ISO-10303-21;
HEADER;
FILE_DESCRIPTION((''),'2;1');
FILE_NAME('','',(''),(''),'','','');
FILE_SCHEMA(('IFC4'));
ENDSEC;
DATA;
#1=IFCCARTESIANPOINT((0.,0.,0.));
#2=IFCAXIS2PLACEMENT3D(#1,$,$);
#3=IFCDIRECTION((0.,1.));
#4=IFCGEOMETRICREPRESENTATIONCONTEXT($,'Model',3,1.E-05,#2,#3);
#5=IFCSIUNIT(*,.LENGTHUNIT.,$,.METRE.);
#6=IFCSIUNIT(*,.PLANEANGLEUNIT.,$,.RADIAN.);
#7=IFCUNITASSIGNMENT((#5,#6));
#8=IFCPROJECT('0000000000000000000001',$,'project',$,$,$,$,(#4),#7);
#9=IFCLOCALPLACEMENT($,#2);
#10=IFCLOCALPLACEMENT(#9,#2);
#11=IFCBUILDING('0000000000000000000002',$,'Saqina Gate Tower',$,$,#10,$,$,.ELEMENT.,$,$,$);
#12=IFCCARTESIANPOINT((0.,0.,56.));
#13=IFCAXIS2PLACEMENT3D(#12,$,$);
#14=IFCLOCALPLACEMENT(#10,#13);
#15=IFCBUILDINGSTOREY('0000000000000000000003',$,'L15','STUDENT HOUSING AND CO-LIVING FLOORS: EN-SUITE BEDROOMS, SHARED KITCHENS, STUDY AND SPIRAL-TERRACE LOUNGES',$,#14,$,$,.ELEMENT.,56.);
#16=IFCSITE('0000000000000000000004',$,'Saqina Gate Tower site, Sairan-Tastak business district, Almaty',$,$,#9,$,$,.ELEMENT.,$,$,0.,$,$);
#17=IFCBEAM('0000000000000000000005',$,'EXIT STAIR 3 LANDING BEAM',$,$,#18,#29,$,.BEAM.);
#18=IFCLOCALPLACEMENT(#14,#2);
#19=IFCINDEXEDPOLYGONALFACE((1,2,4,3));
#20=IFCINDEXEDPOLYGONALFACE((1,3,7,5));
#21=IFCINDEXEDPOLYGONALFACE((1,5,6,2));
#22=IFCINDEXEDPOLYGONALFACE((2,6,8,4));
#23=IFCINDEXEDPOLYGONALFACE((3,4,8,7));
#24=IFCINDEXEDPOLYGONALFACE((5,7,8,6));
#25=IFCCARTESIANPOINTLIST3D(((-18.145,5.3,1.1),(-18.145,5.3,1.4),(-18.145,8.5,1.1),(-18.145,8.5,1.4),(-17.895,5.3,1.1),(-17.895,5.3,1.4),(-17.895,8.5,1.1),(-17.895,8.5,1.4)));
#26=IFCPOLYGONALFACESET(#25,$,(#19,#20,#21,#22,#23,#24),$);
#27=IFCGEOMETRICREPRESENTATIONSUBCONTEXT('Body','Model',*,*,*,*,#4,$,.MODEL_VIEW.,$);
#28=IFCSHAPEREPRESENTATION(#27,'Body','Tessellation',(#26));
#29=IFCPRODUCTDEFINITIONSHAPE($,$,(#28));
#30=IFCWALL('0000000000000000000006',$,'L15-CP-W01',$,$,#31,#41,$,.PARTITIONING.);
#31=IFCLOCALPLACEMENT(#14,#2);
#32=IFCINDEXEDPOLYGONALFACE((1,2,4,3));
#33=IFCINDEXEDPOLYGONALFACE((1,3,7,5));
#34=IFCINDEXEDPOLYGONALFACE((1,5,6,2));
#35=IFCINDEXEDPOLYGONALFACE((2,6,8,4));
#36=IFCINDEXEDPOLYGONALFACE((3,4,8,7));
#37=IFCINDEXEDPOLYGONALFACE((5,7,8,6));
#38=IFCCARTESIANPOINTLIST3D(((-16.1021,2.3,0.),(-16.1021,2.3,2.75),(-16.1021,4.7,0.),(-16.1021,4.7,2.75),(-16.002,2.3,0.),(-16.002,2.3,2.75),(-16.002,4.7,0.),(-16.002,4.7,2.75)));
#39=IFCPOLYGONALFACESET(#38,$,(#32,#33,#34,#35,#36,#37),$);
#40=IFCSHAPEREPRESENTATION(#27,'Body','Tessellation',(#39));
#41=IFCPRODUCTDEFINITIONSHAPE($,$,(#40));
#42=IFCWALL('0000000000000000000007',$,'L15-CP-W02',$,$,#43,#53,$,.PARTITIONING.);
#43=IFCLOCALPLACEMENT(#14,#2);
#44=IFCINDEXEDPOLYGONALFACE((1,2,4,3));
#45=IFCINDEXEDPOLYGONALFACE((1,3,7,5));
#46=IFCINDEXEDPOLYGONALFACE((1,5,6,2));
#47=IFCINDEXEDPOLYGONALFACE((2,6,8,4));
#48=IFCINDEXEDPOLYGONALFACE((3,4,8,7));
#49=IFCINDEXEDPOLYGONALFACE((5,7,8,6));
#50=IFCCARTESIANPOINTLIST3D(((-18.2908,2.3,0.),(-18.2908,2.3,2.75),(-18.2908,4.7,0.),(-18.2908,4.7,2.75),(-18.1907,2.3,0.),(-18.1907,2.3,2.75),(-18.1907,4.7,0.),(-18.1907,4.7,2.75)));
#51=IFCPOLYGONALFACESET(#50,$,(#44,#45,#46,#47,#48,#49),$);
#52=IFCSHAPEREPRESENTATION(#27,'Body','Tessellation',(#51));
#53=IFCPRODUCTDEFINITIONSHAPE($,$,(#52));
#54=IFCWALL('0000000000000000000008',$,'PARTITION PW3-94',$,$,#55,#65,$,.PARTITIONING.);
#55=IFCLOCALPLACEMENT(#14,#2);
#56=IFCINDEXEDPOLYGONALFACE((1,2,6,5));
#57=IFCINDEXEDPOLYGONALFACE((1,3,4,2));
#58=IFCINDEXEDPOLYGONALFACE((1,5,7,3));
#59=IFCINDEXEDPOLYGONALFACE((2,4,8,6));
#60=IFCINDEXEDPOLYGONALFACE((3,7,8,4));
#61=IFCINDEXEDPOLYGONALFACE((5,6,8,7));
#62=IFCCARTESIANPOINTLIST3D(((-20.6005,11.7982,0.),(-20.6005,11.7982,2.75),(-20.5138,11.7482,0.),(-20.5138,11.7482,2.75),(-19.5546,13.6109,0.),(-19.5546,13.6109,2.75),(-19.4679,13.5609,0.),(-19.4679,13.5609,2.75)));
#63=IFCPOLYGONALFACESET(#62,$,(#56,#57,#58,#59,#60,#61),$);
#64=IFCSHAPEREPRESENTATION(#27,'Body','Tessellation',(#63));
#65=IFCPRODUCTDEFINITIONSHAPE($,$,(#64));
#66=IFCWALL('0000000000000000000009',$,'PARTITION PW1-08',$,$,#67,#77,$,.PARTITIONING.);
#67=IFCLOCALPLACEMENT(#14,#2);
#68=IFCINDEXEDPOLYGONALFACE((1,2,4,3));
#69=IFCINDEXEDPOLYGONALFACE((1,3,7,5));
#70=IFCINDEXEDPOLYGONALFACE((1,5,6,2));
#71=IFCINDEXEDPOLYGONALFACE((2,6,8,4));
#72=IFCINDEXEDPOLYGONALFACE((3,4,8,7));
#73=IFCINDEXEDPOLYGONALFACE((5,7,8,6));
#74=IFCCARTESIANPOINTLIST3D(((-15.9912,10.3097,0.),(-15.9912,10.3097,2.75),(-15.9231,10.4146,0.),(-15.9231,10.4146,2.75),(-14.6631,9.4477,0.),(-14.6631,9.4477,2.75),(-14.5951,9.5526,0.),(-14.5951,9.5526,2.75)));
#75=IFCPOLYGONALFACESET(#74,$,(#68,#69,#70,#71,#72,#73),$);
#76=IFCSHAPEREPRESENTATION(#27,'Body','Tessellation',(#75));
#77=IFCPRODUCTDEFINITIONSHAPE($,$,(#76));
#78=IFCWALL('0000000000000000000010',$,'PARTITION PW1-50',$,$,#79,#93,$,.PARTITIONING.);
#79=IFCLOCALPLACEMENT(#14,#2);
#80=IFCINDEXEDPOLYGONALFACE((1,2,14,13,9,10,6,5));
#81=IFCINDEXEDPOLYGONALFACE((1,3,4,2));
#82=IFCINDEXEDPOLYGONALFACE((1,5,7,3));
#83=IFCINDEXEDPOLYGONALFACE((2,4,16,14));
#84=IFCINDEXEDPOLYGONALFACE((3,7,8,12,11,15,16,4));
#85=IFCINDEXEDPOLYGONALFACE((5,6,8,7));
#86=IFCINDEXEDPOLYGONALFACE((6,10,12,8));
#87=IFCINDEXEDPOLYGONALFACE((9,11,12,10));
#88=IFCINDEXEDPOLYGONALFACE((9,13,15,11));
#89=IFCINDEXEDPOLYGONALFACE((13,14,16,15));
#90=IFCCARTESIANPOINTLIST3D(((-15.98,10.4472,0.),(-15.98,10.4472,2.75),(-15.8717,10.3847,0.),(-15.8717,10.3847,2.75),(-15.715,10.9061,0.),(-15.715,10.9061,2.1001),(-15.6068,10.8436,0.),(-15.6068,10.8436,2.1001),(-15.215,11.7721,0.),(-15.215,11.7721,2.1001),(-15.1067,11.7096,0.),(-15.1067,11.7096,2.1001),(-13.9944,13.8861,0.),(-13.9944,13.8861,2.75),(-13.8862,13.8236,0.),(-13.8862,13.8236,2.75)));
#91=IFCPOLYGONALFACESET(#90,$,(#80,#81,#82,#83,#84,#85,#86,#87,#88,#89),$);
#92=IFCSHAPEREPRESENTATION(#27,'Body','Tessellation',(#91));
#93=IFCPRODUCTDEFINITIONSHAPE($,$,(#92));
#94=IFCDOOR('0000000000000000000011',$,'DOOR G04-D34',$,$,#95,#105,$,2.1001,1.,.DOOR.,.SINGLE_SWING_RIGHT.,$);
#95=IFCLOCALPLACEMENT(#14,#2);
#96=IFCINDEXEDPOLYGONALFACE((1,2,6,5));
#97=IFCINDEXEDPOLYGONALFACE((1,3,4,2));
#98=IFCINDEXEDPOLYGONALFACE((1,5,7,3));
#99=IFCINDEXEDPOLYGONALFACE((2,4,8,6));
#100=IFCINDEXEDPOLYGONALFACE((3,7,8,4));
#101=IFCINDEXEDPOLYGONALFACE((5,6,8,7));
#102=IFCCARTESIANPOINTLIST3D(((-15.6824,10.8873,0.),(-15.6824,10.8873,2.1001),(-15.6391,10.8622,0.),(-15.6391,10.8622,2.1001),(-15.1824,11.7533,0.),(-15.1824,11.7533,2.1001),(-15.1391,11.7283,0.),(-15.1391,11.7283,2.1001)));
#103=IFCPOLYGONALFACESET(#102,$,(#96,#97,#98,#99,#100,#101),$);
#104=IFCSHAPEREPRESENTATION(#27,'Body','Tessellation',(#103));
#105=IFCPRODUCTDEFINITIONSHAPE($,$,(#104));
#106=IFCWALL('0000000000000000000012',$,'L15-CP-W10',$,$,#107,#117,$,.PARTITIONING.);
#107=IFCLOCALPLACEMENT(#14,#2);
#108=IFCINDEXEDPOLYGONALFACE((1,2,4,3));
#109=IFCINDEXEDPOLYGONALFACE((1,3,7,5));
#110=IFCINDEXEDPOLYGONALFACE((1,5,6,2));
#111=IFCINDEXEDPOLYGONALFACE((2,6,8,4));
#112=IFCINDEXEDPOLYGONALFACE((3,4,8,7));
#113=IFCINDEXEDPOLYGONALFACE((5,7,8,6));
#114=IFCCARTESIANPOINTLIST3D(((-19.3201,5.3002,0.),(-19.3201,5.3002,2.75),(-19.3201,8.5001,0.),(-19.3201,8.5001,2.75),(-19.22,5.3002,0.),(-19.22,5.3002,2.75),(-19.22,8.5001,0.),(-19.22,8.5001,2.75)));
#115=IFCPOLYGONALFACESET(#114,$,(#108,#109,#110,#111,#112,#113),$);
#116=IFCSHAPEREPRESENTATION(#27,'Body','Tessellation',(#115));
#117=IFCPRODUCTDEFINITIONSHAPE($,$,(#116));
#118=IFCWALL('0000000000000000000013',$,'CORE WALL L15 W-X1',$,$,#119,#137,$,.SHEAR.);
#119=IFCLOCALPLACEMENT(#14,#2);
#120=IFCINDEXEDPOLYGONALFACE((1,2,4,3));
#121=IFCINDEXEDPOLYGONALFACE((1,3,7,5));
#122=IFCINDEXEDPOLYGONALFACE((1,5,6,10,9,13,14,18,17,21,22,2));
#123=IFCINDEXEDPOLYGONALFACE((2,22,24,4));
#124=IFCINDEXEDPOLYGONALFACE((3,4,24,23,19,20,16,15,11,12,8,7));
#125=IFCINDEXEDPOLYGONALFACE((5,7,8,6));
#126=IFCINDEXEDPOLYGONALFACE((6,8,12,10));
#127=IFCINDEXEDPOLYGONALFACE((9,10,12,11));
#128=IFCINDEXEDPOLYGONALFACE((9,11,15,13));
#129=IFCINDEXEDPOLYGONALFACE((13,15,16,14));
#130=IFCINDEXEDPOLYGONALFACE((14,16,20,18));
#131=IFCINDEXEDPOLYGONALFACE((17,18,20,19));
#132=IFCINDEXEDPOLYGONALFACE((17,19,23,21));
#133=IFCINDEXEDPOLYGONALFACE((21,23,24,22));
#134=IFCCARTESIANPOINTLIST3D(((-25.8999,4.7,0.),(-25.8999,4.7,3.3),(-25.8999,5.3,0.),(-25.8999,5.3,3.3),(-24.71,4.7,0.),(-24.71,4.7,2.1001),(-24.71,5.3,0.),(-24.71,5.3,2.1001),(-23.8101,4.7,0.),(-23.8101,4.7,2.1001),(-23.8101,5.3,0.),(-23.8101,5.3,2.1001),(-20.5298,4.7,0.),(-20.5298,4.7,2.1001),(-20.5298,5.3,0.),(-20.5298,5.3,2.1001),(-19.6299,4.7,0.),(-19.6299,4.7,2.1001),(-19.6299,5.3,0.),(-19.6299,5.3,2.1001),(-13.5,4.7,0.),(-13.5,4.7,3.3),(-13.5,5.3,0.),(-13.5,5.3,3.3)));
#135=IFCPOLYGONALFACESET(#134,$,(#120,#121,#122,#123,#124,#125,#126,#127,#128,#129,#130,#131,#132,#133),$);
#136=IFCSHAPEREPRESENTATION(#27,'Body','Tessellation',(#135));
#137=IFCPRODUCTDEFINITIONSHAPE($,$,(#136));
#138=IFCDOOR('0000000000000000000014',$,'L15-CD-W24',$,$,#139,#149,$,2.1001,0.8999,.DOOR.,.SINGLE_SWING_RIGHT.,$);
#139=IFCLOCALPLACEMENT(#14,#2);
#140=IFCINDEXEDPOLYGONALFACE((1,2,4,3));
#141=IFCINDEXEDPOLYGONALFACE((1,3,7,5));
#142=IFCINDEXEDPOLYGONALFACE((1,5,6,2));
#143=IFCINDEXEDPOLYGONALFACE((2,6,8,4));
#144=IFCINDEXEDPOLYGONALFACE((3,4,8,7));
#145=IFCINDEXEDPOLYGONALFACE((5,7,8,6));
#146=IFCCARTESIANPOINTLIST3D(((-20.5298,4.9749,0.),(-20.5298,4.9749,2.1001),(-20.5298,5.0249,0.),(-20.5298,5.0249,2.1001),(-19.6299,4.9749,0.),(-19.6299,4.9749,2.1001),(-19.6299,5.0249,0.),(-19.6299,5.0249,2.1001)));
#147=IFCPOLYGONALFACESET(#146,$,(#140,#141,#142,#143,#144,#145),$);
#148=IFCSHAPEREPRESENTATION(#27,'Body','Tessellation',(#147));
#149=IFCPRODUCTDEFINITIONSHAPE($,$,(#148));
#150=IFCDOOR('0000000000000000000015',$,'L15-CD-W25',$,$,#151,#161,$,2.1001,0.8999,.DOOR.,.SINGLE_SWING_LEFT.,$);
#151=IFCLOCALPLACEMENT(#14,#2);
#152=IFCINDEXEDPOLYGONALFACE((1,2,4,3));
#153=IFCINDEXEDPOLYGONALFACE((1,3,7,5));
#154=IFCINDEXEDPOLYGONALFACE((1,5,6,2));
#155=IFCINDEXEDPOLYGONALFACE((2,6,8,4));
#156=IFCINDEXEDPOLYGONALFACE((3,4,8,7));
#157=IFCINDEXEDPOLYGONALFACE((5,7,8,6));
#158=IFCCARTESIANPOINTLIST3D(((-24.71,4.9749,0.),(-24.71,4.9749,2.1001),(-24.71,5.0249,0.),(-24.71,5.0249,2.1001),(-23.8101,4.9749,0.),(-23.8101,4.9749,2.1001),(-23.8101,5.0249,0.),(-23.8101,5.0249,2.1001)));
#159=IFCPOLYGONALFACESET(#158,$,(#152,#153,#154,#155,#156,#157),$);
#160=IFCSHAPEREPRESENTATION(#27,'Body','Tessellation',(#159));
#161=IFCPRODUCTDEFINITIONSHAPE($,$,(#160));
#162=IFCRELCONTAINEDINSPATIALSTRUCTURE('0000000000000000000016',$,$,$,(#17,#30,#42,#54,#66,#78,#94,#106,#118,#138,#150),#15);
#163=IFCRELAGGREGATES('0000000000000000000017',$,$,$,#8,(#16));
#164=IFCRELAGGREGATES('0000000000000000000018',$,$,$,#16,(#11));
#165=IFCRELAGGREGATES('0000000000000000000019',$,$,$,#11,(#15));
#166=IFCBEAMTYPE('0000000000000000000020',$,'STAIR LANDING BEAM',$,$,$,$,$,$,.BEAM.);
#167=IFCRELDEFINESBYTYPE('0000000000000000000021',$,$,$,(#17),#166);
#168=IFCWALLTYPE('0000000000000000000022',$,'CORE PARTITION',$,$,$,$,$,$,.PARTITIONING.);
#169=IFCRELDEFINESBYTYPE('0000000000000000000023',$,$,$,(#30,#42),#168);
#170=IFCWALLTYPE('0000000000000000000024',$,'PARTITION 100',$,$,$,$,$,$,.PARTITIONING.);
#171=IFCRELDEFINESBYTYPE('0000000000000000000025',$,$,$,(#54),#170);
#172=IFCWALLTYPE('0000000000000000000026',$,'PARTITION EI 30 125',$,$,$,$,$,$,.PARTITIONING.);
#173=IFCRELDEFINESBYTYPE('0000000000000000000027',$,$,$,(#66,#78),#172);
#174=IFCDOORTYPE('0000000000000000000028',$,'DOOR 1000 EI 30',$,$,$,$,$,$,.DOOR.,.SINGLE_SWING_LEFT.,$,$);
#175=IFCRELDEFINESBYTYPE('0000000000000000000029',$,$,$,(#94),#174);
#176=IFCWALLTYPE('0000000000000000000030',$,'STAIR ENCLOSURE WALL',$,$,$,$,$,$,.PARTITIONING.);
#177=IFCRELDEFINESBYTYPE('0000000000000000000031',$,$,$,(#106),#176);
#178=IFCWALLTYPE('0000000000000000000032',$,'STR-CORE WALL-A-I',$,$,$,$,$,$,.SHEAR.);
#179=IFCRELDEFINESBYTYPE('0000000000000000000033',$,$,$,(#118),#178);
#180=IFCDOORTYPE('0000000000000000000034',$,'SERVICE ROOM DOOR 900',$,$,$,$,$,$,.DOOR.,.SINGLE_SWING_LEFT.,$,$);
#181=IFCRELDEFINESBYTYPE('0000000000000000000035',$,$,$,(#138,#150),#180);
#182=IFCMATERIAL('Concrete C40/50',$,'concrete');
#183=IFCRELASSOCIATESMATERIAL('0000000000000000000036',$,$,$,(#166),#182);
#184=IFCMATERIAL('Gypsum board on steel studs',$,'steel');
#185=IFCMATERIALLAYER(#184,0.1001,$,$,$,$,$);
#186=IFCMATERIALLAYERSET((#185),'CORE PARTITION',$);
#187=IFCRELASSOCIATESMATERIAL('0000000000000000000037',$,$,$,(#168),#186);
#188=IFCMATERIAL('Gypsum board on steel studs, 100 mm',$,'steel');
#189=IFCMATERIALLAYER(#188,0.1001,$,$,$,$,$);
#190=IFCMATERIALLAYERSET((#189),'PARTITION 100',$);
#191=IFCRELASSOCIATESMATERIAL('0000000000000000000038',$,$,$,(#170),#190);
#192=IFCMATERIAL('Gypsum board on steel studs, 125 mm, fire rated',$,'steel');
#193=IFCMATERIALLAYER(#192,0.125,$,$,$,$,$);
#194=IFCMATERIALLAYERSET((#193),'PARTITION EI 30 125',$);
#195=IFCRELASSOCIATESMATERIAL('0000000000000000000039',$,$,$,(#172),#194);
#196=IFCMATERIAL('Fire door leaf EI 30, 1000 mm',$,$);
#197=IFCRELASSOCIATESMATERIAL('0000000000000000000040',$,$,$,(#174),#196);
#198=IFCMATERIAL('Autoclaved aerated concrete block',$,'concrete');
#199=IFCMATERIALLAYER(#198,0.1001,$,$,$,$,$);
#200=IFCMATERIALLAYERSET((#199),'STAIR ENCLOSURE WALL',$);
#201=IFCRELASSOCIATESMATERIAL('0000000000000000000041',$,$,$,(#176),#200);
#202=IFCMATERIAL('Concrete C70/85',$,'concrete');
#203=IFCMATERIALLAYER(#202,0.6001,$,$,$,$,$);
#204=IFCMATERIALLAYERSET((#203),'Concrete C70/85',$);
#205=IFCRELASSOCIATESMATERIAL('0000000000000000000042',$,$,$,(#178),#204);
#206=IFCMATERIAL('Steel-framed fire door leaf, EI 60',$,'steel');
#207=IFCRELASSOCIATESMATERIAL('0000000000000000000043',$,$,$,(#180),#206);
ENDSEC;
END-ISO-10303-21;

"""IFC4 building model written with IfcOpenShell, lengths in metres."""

from ifc_helpers import new_model, si_unit, direction, frame, frame_2d, origin, origin_2d, place, context, subcontext, project, spatial, rectangle, extrude, material, layer, layer_set, material_profile, profile_set, type_object, element, fill, save


model = new_model("IFC4")

# Units and contexts
model_context = context("Model", 3, precision=1e-05, world=origin(), true_north=direction((0.0, 1.0)))
body_context = subcontext(model_context, "Body", "Model", "MODEL_VIEW")
ifc_project = project(units=[si_unit("LENGTHUNIT", "METRE"), si_unit("PLANEANGLEUNIT", "RADIAN")], contexts=[model_context])

# Site, building, storey
site_placement = place(None, origin())
site = spatial("IfcSite", under=ifc_project, at=site_placement, Name="Saqina Gate Tower site, Sairan-Tastak business district, Almaty", CompositionType="ELEMENT", RefElevation=0.0)
building_placement = place(site_placement, origin())
building = spatial("IfcBuilding", under=site, at=building_placement, Name="Saqina Gate Tower", CompositionType="ELEMENT")
storey_placement = place(building_placement, frame((0.0, 0.0, 56.0)))
storey = spatial("IfcBuildingStorey", under=building, at=storey_placement, Name="L15", Description="STUDENT HOUSING AND CO-LIVING FLOORS: EN-SUITE BEDROOMS, SHARED KITCHENS, STUDY AND SPIRAL-TERRACE LOUNGES", CompositionType="ELEMENT", Elevation=56.0)

# Beam
ifc_material_1 = material(Name="Concrete C40/50", Category="concrete")
ifc_material_profile = material_profile(ifc_material_1, rectangle(XDim=0.25, YDim=0.3, at=origin_2d()), Name="STAIR LANDING BEAM")
ifc_profile_set = profile_set([ifc_material_profile], Name="Concrete C40/50")
beam_type = type_object("IfcBeamType", Name="STAIR LANDING BEAM", PredefinedType="BEAM", material=ifc_profile_set)
beam_placement = place(storey_placement, frame((-18.02, 5.3, 1.25), z_axis=(0.0, 1.0, 0.0), x_axis=(-1.0, 0.0, 0.0)))
element("IfcBeam", 1, at=beam_placement, inside=storey, type_object=beam_type, Name="EXIT STAIR 3 LANDING BEAM", PredefinedType="BEAM", context=body_context, shape_type="SweptSolid", body=[
    extrude(rectangle(XDim=0.25, YDim=0.3, at=origin_2d()), origin(), (0.0, 0.0, 1.0), 3.2),
])

# Walls
ifc_material_2 = material(Name="Gypsum board on steel studs", Category="steel")
ifc_layer_1 = layer(ifc_material_2, 0.1001)
ifc_layer_set_1 = layer_set([ifc_layer_1], Name="CORE PARTITION")
wall_type_1 = type_object("IfcWallType", Name="CORE PARTITION", PredefinedType="PARTITIONING", material=ifc_layer_set_1)
for number, where, z_axis, x_axis, name in (
    (2, (-16.052, 2.3, 0.0), (0.0, 0.0, 1.0), (0.0, 1.0, 0.0), "L15-CP-W01"),
    (3, (-18.2407, 2.3, 0.0), (0.0, 0.0, 1.0), (0.0, 1.0, 0.0), "L15-CP-W02"),
):
    element("IfcWall", number, at=place(storey_placement, frame(where, z_axis=z_axis, x_axis=x_axis)), inside=storey, type_object=wall_type_1, Name=name, PredefinedType="PARTITIONING", context=body_context, shape_type="SweptSolid", body=[
        extrude(rectangle(XDim=2.3999, YDim=0.1001, at=frame_2d((1.2, 0.0))), origin(), (0.0, 0.0, 1.0), 2.75),
    ])
ifc_material_3 = material(Name="Gypsum board on steel studs, 100 mm", Category="steel")
ifc_layer_2 = layer(ifc_material_3, 0.1001)
ifc_layer_set_2 = layer_set([ifc_layer_2], Name="PARTITION 100")
wall_type_2 = type_object("IfcWallType", Name="PARTITION 100", PredefinedType="PARTITIONING", material=ifc_layer_set_2)
wall_1_placement = place(storey_placement, frame((-20.5571, 11.7732, 0.0), z_axis=(0.0, 0.0, 1.0), x_axis=(0.499753, 0.866168, 0.0)))
element("IfcWall", 4, at=wall_1_placement, inside=storey, type_object=wall_type_2, Name="PARTITION PW3-94", PredefinedType="PARTITIONING", context=body_context, shape_type="SweptSolid", body=[
    extrude(rectangle(XDim=2.0928, YDim=0.1001, at=frame_2d((1.0464, 0.0))), origin(), (0.0, 0.0, 1.0), 2.75),
])
ifc_material_4 = material(Name="Gypsum board on steel studs, 125 mm, fire rated", Category="steel")
ifc_layer_3 = layer(ifc_material_4, 0.125)
ifc_layer_set_3 = layer_set([ifc_layer_3], Name="PARTITION EI 30 125")
wall_type_3 = type_object("IfcWallType", Name="PARTITION EI 30 125", PredefinedType="PARTITIONING", material=ifc_layer_set_3)
wall_2_placement = place(storey_placement, frame((-15.957, 10.3621, 0.0), z_axis=(0.0, 0.0, 1.0), x_axis=(0.838796, -0.544446, 0.0)))
element("IfcWall", 5, at=wall_2_placement, inside=storey, type_object=wall_type_3, Name="PARTITION PW1-08", PredefinedType="PARTITIONING", context=body_context, shape_type="SweptSolid", body=[
    extrude(rectangle(XDim=1.5833, YDim=0.125, at=frame_2d((0.7915, 0.0))), origin(), (0.0, 0.0, 1.0), 2.75),
])

# Wall, opening, door
wall_3_placement = place(storey_placement, frame((-15.9258, 10.416, 0.0), z_axis=(0.0, 0.0, 1.0), x_axis=(0.50002, 0.866014, 0.0)))
wall_3 = element("IfcWall", 6, at=wall_3_placement, inside=storey, type_object=wall_type_3, Name="PARTITION PW1-50", PredefinedType="PARTITIONING", context=body_context, shape_type="SweptSolid", body=[
    extrude(rectangle(XDim=3.9709, YDim=0.125, at=frame_2d((1.9854, 0.0))), origin(), (0.0, 0.0, 1.0), 2.75),
])
opening_1_placement = place(wall_3_placement, frame((0.5298, 0.0, 0.0)))
opening_1 = element("IfcOpeningElement", 7, at=opening_1_placement, cuts=wall_3, PredefinedType="OPENING", context=body_context, shape_type="SweptSolid", body=[
    extrude(rectangle(XDim=1.0, YDim=2.1001, at=frame_2d((0.5, 1.05))), frame((0.0, 0.0745, 0.0), z_axis=(0.0, -1.0, 0.0), x_axis=(1.0, 0.0, 0.0)), (0.0, 0.0, 1.0), 0.1489),
])
ifc_material_5 = material(Name="Fire door leaf EI 30, 1000 mm")
door_type_1 = type_object("IfcDoorType", Name="DOOR 1000 EI 30", OperationType="SINGLE_SWING_LEFT", PredefinedType="DOOR", material=ifc_material_5)
door_1_placement = place(opening_1_placement, origin())
door_1 = element("IfcDoor", 8, at=door_1_placement, inside=storey, type_object=door_type_1, Name="DOOR G04-D34", OperationType="SINGLE_SWING_RIGHT", OverallHeight=2.1001, OverallWidth=1.0, PredefinedType="DOOR", context=body_context, shape_type="SweptSolid", body=[
    extrude(rectangle(XDim=1.0, YDim=2.1001, at=frame_2d((0.5, 1.05))), frame((0.0, 0.0249, 0.0), z_axis=(0.0, -1.0, 0.0), x_axis=(1.0, 0.0, 0.0)), (0.0, 0.0, 1.0), 0.05),
])
fill(opening_1, door_1)

# Wall
ifc_material_6 = material(Name="Autoclaved aerated concrete block", Category="concrete")
ifc_layer_4 = layer(ifc_material_6, 0.1001)
ifc_layer_set_4 = layer_set([ifc_layer_4], Name="STAIR ENCLOSURE WALL")
wall_type_4 = type_object("IfcWallType", Name="STAIR ENCLOSURE WALL", PredefinedType="PARTITIONING", material=ifc_layer_set_4)
wall_4_placement = place(storey_placement, frame((-19.27, 5.3, 0.0), z_axis=(0.0, 0.0, 1.0), x_axis=(0.0, 1.0, 0.0)))
element("IfcWall", 9, at=wall_4_placement, inside=storey, type_object=wall_type_4, Name="L15-CP-W10", PredefinedType="PARTITIONING", context=body_context, shape_type="SweptSolid", body=[
    extrude(rectangle(XDim=3.2, YDim=0.1001, at=frame_2d((1.6001, 0.0))), origin(), (0.0, 0.0, 1.0), 2.75),
])

# Wall, openings, doors
ifc_material_7 = material(Name="Concrete C70/85", Category="concrete")
ifc_layer_5 = layer(ifc_material_7, 0.6001)
ifc_layer_set_5 = layer_set([ifc_layer_5], Name="Concrete C70/85")
wall_type_5 = type_object("IfcWallType", Name="STR-CORE WALL-A-I", PredefinedType="SHEAR", material=ifc_layer_set_5)
wall_5_placement = place(storey_placement, frame((-13.5, 5.0, 0.0), z_axis=(0.0, 0.0, 1.0), x_axis=(-1.0, 0.0, 0.0)))
wall_5 = element("IfcWall", 10, at=wall_5_placement, inside=storey, type_object=wall_type_5, Name="CORE WALL L15 W-X1", PredefinedType="SHEAR", context=body_context, shape_type="SweptSolid", body=[
    extrude(rectangle(XDim=12.3999, YDim=0.6001, at=frame_2d((6.2, 0.0))), origin(), (0.0, 0.0, 1.0), 3.3),
])
opening_2_placement = place(wall_5_placement, frame((6.1299, 0.0, 0.0)))
opening_2 = element("IfcOpeningElement", 11, at=opening_2_placement, cuts=wall_5, PredefinedType="OPENING", context=body_context, shape_type="SweptSolid", body=[
    extrude(rectangle(XDim=0.8999, YDim=2.1001, at=frame_2d((0.45, 1.05))), frame((0.0, 0.312, 0.0), z_axis=(0.0, -1.0, 0.0), x_axis=(1.0, 0.0, 0.0)), (0.0, 0.0, 1.0), 0.624),
])
opening_3_placement = place(wall_5_placement, frame((10.3101, 0.0, 0.0)))
opening_3 = element("IfcOpeningElement", 12, at=opening_3_placement, cuts=wall_5, PredefinedType="OPENING", context=body_context, shape_type="SweptSolid", body=[
    extrude(rectangle(XDim=0.8999, YDim=2.1001, at=frame_2d((0.45, 1.05))), frame((0.0, 0.312, 0.0), z_axis=(0.0, -1.0, 0.0), x_axis=(1.0, 0.0, 0.0)), (0.0, 0.0, 1.0), 0.624),
])
ifc_material_8 = material(Name="Steel-framed fire door leaf, EI 60", Category="steel")
door_type_2 = type_object("IfcDoorType", Name="SERVICE ROOM DOOR 900", OperationType="SINGLE_SWING_LEFT", PredefinedType="DOOR", material=ifc_material_8)
door_2_placement = place(opening_2_placement, frame((0.8999, 0.0, 0.0), z_axis=(0.0, 0.0, 1.0), x_axis=(-1.0, 0.0, 0.0)))
door_2 = element("IfcDoor", 13, at=door_2_placement, inside=storey, type_object=door_type_2, Name="L15-CD-W24", OperationType="SINGLE_SWING_RIGHT", OverallHeight=2.1001, OverallWidth=0.8999, PredefinedType="DOOR", context=body_context, shape_type="SweptSolid", body=[
    extrude(rectangle(XDim=0.8999, YDim=2.1001, at=frame_2d((0.45, 1.05))), frame((0.0, 0.0249, 0.0), z_axis=(0.0, -1.0, 0.0), x_axis=(1.0, 0.0, 0.0)), (0.0, 0.0, 1.0), 0.05),
])
fill(opening_2, door_2)
door_3_placement = place(opening_3_placement, frame((0.8999, 0.0, 0.0), z_axis=(0.0, 0.0, 1.0), x_axis=(-1.0, 0.0, 0.0)))
door_3 = element("IfcDoor", 14, at=door_3_placement, inside=storey, type_object=door_type_2, Name="L15-CD-W25", OperationType="SINGLE_SWING_LEFT", OverallHeight=2.1001, OverallWidth=0.8999, PredefinedType="DOOR", context=body_context, shape_type="SweptSolid", body=[
    extrude(rectangle(XDim=0.8999, YDim=2.1001, at=frame_2d((0.45, 1.05))), frame((0.0, 0.0249, 0.0), z_axis=(0.0, -1.0, 0.0), x_axis=(1.0, 0.0, 0.0)), (0.0, 0.0, 1.0), 0.05),
])
fill(opening_3, door_3)

save(model, "model.ifc")
